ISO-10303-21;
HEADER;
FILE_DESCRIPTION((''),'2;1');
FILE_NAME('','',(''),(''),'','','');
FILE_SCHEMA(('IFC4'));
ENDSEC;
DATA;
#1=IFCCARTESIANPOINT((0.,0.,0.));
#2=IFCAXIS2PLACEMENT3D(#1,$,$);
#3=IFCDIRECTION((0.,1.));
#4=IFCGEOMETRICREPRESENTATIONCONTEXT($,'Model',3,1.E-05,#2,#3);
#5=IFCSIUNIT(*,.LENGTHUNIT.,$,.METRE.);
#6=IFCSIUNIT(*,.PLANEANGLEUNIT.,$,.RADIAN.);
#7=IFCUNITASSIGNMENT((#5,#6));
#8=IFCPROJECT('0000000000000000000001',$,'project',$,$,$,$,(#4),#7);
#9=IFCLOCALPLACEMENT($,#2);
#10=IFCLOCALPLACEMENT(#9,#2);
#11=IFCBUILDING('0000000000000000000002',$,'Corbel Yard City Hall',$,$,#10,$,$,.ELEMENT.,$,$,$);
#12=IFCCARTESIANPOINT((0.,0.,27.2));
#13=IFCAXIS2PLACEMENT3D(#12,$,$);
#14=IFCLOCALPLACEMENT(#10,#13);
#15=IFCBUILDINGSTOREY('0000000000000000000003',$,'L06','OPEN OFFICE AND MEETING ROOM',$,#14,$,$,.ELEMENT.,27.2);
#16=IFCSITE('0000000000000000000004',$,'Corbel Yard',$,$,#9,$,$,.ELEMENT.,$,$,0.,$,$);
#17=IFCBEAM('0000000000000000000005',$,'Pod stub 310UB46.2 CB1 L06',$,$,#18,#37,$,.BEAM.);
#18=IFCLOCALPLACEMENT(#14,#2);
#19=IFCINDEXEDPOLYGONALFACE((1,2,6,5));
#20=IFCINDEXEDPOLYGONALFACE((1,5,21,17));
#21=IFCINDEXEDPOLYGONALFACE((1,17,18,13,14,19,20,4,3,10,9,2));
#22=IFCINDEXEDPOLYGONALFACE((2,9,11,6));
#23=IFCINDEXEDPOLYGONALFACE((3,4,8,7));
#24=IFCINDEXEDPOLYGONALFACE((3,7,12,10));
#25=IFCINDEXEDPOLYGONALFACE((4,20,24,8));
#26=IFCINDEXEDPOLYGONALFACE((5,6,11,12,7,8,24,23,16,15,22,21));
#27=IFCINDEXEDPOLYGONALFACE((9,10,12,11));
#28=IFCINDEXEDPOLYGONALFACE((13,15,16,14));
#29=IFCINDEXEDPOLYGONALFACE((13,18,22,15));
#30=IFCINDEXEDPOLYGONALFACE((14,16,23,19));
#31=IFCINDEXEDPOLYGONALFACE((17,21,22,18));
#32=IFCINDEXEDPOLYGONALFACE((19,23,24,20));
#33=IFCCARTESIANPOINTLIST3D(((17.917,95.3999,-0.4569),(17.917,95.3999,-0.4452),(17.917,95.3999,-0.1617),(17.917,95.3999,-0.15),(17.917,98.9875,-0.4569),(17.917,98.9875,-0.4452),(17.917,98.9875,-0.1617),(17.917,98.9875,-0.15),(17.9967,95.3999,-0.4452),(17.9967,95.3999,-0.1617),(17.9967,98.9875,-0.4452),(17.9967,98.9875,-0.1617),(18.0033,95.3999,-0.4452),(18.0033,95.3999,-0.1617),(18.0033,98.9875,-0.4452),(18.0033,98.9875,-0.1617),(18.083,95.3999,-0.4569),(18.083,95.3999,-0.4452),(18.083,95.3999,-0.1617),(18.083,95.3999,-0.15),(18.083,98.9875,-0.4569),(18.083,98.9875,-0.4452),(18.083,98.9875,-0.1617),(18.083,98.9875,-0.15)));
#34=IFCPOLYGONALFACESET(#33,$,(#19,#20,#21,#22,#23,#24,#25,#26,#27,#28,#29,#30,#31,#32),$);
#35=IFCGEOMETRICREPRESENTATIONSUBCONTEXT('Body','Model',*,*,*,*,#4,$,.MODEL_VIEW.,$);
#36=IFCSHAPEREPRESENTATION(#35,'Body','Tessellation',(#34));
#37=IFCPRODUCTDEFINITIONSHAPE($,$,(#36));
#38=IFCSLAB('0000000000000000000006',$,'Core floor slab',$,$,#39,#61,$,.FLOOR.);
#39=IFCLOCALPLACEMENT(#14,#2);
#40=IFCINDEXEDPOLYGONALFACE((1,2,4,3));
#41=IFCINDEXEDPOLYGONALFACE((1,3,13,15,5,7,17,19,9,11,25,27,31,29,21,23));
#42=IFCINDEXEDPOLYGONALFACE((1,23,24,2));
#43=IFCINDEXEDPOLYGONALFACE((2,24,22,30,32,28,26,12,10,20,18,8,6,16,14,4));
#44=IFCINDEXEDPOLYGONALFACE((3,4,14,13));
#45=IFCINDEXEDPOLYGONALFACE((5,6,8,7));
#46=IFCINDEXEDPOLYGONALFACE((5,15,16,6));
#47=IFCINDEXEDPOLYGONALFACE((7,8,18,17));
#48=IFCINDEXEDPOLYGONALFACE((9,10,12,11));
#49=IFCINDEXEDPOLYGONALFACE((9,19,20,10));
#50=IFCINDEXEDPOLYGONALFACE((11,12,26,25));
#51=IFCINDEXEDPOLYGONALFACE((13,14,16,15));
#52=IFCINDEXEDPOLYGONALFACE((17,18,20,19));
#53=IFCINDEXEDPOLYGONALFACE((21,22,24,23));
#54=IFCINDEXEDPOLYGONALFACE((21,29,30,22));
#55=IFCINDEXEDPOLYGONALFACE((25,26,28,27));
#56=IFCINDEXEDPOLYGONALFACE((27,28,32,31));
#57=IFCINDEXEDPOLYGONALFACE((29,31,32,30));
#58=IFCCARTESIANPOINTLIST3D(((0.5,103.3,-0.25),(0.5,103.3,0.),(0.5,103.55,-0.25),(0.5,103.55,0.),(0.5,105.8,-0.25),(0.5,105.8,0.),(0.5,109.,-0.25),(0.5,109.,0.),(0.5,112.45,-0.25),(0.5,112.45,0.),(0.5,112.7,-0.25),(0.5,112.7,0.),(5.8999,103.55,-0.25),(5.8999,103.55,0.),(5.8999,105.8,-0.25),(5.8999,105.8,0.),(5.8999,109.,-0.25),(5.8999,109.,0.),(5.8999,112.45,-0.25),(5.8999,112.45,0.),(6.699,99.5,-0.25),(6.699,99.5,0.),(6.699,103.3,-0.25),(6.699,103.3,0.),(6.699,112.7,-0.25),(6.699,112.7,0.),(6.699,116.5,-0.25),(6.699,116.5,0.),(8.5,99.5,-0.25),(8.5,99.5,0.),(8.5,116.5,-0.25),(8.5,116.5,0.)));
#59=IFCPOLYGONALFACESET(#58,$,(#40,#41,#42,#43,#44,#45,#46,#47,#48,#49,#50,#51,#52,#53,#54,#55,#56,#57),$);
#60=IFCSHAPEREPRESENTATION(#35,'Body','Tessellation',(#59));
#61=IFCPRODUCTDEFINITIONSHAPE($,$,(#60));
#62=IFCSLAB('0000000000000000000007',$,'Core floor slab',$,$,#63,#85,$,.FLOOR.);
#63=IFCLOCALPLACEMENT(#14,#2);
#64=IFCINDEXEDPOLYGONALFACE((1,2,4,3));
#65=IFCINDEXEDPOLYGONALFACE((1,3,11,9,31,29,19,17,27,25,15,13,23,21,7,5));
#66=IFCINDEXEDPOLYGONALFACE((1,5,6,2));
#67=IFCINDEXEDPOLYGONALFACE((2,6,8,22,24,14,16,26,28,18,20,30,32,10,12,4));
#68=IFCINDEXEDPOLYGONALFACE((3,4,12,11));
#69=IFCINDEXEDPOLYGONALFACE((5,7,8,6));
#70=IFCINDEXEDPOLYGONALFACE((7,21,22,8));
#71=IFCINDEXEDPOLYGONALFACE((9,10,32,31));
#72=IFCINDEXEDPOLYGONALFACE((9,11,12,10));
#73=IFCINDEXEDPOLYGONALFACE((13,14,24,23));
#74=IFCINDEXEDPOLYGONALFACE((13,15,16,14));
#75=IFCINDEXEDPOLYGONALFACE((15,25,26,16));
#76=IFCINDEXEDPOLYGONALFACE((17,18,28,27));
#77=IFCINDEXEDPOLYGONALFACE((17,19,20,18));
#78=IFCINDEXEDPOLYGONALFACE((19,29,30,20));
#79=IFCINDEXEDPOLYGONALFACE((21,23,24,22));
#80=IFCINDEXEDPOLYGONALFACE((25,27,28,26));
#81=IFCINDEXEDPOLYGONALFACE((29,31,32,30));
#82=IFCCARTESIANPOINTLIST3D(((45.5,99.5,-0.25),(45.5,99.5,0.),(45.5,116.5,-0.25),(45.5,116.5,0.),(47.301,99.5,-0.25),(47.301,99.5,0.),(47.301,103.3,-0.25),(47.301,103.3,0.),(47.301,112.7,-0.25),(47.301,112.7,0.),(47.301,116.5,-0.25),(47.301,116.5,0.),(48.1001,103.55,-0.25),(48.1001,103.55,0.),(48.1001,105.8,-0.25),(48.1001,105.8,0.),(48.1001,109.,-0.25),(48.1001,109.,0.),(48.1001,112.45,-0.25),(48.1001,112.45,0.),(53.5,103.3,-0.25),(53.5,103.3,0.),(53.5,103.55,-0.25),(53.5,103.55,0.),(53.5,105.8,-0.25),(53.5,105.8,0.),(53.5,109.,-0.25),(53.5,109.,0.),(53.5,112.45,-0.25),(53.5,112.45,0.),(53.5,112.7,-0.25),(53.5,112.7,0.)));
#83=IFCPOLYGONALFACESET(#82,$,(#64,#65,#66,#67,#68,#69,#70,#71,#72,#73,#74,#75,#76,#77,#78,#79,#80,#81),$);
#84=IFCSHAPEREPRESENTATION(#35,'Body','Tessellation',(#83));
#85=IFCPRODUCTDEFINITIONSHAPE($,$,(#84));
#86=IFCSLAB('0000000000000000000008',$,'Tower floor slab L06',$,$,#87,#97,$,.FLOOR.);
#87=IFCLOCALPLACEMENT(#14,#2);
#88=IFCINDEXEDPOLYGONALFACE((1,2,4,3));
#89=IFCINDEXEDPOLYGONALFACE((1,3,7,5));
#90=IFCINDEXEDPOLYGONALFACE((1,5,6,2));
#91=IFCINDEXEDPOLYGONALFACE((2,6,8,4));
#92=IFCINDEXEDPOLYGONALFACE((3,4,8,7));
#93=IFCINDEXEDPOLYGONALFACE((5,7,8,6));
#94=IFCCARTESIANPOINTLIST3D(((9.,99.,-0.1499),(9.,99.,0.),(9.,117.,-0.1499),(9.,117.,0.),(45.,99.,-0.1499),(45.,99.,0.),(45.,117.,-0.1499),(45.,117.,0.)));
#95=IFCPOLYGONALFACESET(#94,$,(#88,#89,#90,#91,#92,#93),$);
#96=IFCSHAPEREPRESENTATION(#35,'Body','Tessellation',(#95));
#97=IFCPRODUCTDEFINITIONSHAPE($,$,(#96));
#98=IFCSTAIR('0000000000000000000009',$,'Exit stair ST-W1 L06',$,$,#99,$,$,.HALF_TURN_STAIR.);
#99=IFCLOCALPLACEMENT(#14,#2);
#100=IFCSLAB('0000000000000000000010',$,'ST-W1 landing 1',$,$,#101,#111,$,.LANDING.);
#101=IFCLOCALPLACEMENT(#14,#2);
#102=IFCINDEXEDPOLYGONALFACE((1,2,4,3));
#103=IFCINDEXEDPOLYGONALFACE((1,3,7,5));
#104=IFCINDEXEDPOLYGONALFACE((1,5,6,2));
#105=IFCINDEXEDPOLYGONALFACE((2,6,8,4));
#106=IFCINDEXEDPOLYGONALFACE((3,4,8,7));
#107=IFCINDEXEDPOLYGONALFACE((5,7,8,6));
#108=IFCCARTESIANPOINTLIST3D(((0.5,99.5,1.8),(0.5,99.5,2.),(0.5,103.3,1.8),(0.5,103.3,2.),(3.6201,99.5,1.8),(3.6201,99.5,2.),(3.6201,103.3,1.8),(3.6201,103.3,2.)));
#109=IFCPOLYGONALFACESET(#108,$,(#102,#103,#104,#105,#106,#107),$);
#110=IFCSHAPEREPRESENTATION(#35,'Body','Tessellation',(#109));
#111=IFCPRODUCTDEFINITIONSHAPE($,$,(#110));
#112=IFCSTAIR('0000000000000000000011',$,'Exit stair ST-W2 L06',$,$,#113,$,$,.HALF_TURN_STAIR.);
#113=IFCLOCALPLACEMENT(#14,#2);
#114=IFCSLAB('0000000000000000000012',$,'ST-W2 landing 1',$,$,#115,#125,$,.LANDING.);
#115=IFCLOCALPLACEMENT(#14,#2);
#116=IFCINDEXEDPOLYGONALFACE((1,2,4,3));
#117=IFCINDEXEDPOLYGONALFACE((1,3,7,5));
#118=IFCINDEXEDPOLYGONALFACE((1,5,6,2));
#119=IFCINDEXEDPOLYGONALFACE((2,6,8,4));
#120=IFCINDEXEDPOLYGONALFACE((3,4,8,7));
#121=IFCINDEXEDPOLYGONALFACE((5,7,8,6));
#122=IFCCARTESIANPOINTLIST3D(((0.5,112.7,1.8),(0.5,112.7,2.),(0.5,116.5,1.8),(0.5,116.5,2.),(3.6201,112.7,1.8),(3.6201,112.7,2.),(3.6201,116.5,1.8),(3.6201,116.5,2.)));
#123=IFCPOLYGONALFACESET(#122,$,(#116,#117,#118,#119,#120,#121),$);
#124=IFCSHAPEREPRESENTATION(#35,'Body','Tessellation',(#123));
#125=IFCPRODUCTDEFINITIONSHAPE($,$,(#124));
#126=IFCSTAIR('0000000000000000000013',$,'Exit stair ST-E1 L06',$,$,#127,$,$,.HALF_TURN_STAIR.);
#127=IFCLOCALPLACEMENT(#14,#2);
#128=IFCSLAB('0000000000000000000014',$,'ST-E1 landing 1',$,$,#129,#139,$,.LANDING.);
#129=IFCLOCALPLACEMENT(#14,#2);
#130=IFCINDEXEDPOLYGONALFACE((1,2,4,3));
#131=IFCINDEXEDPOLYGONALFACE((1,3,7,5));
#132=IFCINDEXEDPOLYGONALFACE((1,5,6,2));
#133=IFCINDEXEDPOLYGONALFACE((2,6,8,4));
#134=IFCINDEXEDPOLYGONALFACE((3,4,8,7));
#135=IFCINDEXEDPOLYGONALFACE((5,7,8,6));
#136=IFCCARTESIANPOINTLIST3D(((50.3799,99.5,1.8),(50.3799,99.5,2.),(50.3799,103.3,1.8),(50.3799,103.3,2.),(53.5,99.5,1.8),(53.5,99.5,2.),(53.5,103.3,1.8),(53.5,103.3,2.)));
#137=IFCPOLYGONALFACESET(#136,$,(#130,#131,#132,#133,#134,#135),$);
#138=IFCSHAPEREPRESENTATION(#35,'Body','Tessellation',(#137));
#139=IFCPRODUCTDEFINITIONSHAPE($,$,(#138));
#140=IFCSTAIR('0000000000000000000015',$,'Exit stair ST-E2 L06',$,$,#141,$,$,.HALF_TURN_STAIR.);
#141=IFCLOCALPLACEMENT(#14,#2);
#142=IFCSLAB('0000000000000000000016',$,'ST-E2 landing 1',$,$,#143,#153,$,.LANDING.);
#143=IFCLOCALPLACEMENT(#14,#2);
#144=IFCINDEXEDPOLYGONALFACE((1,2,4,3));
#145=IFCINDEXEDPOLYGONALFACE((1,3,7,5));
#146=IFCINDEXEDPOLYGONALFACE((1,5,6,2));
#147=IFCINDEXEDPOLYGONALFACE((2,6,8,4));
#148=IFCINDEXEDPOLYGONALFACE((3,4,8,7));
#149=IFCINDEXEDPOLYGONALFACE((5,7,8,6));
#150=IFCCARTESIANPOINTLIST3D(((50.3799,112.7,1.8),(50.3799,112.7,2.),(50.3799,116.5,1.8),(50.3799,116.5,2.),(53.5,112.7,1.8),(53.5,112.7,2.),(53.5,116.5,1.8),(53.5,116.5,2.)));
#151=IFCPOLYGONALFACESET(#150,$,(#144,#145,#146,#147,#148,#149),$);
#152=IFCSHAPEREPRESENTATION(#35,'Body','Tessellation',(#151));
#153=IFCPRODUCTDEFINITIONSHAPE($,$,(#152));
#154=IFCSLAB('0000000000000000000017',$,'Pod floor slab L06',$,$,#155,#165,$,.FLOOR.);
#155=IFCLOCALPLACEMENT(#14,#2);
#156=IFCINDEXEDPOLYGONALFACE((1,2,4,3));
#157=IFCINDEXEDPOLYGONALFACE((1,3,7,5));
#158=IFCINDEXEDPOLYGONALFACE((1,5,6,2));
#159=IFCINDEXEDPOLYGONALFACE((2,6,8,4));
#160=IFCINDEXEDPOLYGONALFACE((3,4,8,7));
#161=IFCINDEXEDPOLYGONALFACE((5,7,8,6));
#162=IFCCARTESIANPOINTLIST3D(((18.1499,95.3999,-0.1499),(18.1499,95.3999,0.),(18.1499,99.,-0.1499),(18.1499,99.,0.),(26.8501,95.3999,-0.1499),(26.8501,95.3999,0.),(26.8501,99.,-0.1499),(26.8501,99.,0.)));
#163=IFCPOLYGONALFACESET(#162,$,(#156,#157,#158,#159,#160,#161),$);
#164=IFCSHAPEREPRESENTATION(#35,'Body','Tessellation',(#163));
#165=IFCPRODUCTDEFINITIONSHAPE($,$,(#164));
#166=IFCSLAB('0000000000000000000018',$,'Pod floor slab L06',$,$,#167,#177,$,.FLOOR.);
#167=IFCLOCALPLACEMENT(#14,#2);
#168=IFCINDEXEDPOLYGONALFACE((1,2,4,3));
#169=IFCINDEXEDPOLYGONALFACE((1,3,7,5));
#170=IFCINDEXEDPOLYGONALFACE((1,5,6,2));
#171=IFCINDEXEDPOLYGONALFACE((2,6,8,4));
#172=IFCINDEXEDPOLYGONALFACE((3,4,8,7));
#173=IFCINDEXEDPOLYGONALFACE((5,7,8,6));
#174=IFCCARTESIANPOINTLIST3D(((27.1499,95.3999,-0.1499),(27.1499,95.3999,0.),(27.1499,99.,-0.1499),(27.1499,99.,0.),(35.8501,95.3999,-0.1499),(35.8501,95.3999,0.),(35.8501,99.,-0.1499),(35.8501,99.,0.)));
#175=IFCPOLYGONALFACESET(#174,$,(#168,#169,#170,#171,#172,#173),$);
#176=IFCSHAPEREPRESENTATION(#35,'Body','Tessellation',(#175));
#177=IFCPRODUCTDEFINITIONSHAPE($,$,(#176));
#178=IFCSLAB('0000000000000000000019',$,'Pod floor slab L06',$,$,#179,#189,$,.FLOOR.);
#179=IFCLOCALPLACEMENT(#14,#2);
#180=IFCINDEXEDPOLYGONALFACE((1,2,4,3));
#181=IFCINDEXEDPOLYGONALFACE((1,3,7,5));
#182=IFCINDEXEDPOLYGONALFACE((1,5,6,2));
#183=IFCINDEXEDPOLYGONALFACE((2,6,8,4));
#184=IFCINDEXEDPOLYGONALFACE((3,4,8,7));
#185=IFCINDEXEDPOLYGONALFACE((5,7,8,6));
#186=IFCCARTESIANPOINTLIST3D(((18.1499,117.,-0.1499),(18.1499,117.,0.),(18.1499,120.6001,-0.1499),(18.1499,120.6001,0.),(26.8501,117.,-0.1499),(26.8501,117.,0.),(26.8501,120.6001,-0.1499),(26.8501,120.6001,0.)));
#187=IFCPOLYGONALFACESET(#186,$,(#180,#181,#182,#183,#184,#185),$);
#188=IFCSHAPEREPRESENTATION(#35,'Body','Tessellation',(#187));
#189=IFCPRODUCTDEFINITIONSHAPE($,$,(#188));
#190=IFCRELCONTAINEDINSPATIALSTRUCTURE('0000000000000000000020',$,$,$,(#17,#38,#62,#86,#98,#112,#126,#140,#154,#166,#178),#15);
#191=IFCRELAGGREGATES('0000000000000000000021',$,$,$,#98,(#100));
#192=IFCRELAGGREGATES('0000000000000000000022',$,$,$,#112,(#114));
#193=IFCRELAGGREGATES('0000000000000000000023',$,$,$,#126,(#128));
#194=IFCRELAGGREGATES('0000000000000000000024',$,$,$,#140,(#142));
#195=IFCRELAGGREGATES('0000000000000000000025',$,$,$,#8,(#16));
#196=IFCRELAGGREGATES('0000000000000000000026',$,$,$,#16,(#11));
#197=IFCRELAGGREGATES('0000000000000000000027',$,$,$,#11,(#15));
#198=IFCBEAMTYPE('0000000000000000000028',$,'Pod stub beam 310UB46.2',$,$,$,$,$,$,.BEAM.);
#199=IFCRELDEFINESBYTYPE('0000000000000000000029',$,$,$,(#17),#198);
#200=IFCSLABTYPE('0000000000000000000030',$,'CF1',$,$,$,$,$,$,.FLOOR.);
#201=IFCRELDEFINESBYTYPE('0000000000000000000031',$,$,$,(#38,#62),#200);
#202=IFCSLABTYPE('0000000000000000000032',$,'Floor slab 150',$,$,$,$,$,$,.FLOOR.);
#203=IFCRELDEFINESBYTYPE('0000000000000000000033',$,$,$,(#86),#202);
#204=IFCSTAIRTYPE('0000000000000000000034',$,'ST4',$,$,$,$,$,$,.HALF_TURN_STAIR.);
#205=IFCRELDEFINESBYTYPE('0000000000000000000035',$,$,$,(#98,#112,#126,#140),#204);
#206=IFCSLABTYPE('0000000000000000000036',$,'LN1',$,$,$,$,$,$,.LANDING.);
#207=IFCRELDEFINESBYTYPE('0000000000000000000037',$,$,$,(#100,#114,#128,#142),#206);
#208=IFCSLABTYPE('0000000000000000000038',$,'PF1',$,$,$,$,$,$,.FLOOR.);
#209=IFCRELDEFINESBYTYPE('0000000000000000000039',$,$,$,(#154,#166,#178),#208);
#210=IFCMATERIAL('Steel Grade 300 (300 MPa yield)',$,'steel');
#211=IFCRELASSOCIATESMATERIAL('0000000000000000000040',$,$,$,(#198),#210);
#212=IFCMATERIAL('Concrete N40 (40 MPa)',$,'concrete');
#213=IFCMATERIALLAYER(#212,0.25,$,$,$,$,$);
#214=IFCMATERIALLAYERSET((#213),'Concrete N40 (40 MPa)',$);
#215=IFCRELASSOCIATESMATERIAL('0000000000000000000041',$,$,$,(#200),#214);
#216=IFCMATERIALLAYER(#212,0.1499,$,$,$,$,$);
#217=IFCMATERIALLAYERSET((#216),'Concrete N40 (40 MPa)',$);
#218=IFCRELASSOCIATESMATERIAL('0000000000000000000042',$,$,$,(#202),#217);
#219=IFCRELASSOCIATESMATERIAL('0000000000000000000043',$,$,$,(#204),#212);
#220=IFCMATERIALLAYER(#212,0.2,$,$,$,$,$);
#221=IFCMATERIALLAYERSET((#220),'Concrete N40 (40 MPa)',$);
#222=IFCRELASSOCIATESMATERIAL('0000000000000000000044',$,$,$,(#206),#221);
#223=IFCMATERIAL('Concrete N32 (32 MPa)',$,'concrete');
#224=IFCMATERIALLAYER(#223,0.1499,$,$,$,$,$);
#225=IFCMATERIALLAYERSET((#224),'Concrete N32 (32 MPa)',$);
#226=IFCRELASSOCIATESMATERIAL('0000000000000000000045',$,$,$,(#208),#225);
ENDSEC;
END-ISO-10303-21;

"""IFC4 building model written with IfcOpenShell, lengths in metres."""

from ifc_helpers import new_model, si_unit, direction, frame, origin, origin_2d, place, context, subcontext, project, spatial, polyline, i_section, outline, extrude, material, layer, layer_set, material_profile, profile_set, type_object, element, aggregate, save


model = new_model("IFC4")

# Units and contexts
model_context = context("Model", 3, precision=1e-05, world=origin(), true_north=direction((0.0, 1.0)))
body_context = subcontext(model_context, "Body", "Model", "MODEL_VIEW")
ifc_project = project(units=[si_unit("LENGTHUNIT", "METRE"), si_unit("PLANEANGLEUNIT", "RADIAN")], contexts=[model_context])

# Site, building, storey
site_placement = place(None, origin())
site = spatial("IfcSite", under=ifc_project, at=site_placement, Name="Corbel Yard", CompositionType="ELEMENT", RefElevation=0.0)
building_placement = place(site_placement, origin())
building = spatial("IfcBuilding", under=site, at=building_placement, Name="Corbel Yard City Hall", CompositionType="ELEMENT")
storey_placement = place(building_placement, frame((0.0, 0.0, 27.2)))
storey = spatial("IfcBuildingStorey", under=building, at=storey_placement, Name="L06", Description="OPEN OFFICE AND MEETING ROOM", CompositionType="ELEMENT", Elevation=27.2)

# Beam
ifc_material_1 = material(Name="Steel Grade 300 (300 MPa yield)", Category="steel")
ifc_material_profile = material_profile(ifc_material_1, i_section(OverallWidth=0.166, OverallDepth=0.3069, WebThickness=0.0066, FlangeThickness=0.0117, at=origin_2d()), Name="310UB46.2")
ifc_profile_set = profile_set([ifc_material_profile], Name="Steel Grade 300 (300 MPa yield)")
beam_type = type_object("IfcBeamType", Name="Pod stub beam 310UB46.2", PredefinedType="BEAM", material=ifc_profile_set)
beam_placement = place(storey_placement, frame((18.0, 95.3999, -0.3035), z_axis=(0.0, 1.0, 0.0), x_axis=(-1.0, 0.0, 0.0)))
element("IfcBeam", 1, at=beam_placement, inside=storey, type_object=beam_type, Name="Pod stub 310UB46.2 CB1 L06", PredefinedType="BEAM", context=body_context, shape_type="SweptSolid", body=[
    extrude(i_section(OverallWidth=0.166, OverallDepth=0.3069, WebThickness=0.0066, FlangeThickness=0.0117, at=origin_2d()), origin(), (0.0, 0.0, 1.0), 3.5876),
])

# Slabs
ifc_material_2 = material(Name="Concrete N40 (40 MPa)", Category="concrete")
ifc_layer_1 = layer(ifc_material_2, 0.25)
ifc_layer_set_1 = layer_set([ifc_layer_1], Name="Concrete N40 (40 MPa)")
slab_type_1 = type_object("IfcSlabType", Name="CF1", PredefinedType="FLOOR", material=ifc_layer_set_1)
slab_1_placement = place(storey_placement, frame((0.0, 0.0, -0.25)))
element("IfcSlab", 2, at=slab_1_placement, inside=storey, type_object=slab_type_1, Name="Core floor slab", PredefinedType="FLOOR", context=body_context, shape_type="SweptSolid", body=[
    extrude(outline(polyline([(8.5, 116.5), (6.699, 116.5), (6.699, 112.7), (0.5, 112.7), (0.5, 112.45), (5.8999, 112.45), (5.8999, 109.0), (0.5, 109.0), (0.5, 105.8), (5.8999, 105.8), (5.8999, 103.55), (0.5, 103.55), (0.5, 103.3), (6.699, 103.3), (6.699, 99.5), (8.5, 99.5), (8.5, 116.5)])), origin(), (0.0, 0.0, 1.0), 0.25),
])
slab_2_placement = place(storey_placement, frame((0.0, 0.0, -0.25)))
element("IfcSlab", 3, at=slab_2_placement, inside=storey, type_object=slab_type_1, Name="Core floor slab", PredefinedType="FLOOR", context=body_context, shape_type="SweptSolid", body=[
    extrude(outline(polyline([(53.5, 103.3), (53.5, 103.55), (48.1001, 103.55), (48.1001, 105.8), (53.5, 105.8), (53.5, 109.0), (48.1001, 109.0), (48.1001, 112.45), (53.5, 112.45), (53.5, 112.7), (47.301, 112.7), (47.301, 116.5), (45.5, 116.5), (45.5, 99.5), (47.301, 99.5), (47.301, 103.3), (53.5, 103.3)])), origin(), (0.0, 0.0, 1.0), 0.25),
])
ifc_layer_2 = layer(ifc_material_2, 0.1499)
ifc_layer_set_2 = layer_set([ifc_layer_2], Name="Concrete N40 (40 MPa)")
slab_type_2 = type_object("IfcSlabType", Name="Floor slab 150", PredefinedType="FLOOR", material=ifc_layer_set_2)
slab_3_placement = place(storey_placement, frame((0.0, 0.0, -0.1499)))
element("IfcSlab", 4, at=slab_3_placement, inside=storey, type_object=slab_type_2, Name="Tower floor slab L06", PredefinedType="FLOOR", context=body_context, shape_type="SweptSolid", body=[
    extrude(outline(polyline([(45.0, 99.0), (45.0, 117.0), (9.0, 117.0), (9.0, 99.0), (45.0, 99.0)])), origin(), (0.0, 0.0, 1.0), 0.1499),
])

# Stairs, slabs
stair_type = type_object("IfcStairType", Name="ST4", PredefinedType="HALF_TURN_STAIR", material=ifc_material_2)
stair_1_placement = place(storey_placement, origin())
stair_1 = element("IfcStair", 5, at=stair_1_placement, inside=storey, type_object=stair_type, Name="Exit stair ST-W1 L06", PredefinedType="HALF_TURN_STAIR")
ifc_layer_3 = layer(ifc_material_2, 0.2)
ifc_layer_set_3 = layer_set([ifc_layer_3], Name="Concrete N40 (40 MPa)")
slab_type_3 = type_object("IfcSlabType", Name="LN1", PredefinedType="LANDING", material=ifc_layer_set_3)
slab_4_placement = place(storey_placement, frame((0.0, 0.0, 1.8)))
slab_4 = element("IfcSlab", 6, at=slab_4_placement, type_object=slab_type_3, Name="ST-W1 landing 1", PredefinedType="LANDING", context=body_context, shape_type="SweptSolid", body=[
    extrude(outline(polyline([(0.5, 99.5), (3.6201, 99.5), (3.6201, 103.3), (0.5, 103.3), (0.5, 99.5)])), origin(), (0.0, 0.0, 1.0), 0.2),
])
aggregate(stair_1, [slab_4])
stair_2_placement = place(storey_placement, origin())
stair_2 = element("IfcStair", 7, at=stair_2_placement, inside=storey, type_object=stair_type, Name="Exit stair ST-W2 L06", PredefinedType="HALF_TURN_STAIR")
slab_5_placement = place(storey_placement, frame((0.0, 0.0, 1.8)))
slab_5 = element("IfcSlab", 8, at=slab_5_placement, type_object=slab_type_3, Name="ST-W2 landing 1", PredefinedType="LANDING", context=body_context, shape_type="SweptSolid", body=[
    extrude(outline(polyline([(0.5, 112.7), (3.6201, 112.7), (3.6201, 116.5), (0.5, 116.5), (0.5, 112.7)])), origin(), (0.0, 0.0, 1.0), 0.2),
])
aggregate(stair_2, [slab_5])
stair_3_placement = place(storey_placement, origin())
stair_3 = element("IfcStair", 9, at=stair_3_placement, inside=storey, type_object=stair_type, Name="Exit stair ST-E1 L06", PredefinedType="HALF_TURN_STAIR")
slab_6_placement = place(storey_placement, frame((0.0, 0.0, 1.8)))
slab_6 = element("IfcSlab", 10, at=slab_6_placement, type_object=slab_type_3, Name="ST-E1 landing 1", PredefinedType="LANDING", context=body_context, shape_type="SweptSolid", body=[
    extrude(outline(polyline([(50.3799, 99.5), (53.5, 99.5), (53.5, 103.3), (50.3799, 103.3), (50.3799, 99.5)])), origin(), (0.0, 0.0, 1.0), 0.2),
])
aggregate(stair_3, [slab_6])
stair_4_placement = place(storey_placement, origin())
stair_4 = element("IfcStair", 11, at=stair_4_placement, inside=storey, type_object=stair_type, Name="Exit stair ST-E2 L06", PredefinedType="HALF_TURN_STAIR")
slab_7_placement = place(storey_placement, frame((0.0, 0.0, 1.8)))
slab_7 = element("IfcSlab", 12, at=slab_7_placement, type_object=slab_type_3, Name="ST-E2 landing 1", PredefinedType="LANDING", context=body_context, shape_type="SweptSolid", body=[
    extrude(outline(polyline([(50.3799, 112.7), (53.5, 112.7), (53.5, 116.5), (50.3799, 116.5), (50.3799, 112.7)])), origin(), (0.0, 0.0, 1.0), 0.2),
])
aggregate(stair_4, [slab_7])

# Slabs
ifc_material_3 = material(Name="Concrete N32 (32 MPa)", Category="concrete")
ifc_layer_4 = layer(ifc_material_3, 0.1499)
ifc_layer_set_4 = layer_set([ifc_layer_4], Name="Concrete N32 (32 MPa)")
slab_type_4 = type_object("IfcSlabType", Name="PF1", PredefinedType="FLOOR", material=ifc_layer_set_4)
slab_8_placement = place(storey_placement, frame((0.0, 0.0, -0.1499)))
element("IfcSlab", 13, at=slab_8_placement, inside=storey, type_object=slab_type_4, Name="Pod floor slab L06", PredefinedType="FLOOR", context=body_context, shape_type="SweptSolid", body=[
    extrude(outline(polyline([(18.1499, 95.3999), (26.8501, 95.3999), (26.8501, 99.0), (18.1499, 99.0), (18.1499, 95.3999)])), origin(), (0.0, 0.0, 1.0), 0.1499),
])
slab_9_placement = place(storey_placement, frame((0.0, 0.0, -0.1499)))
element("IfcSlab", 14, at=slab_9_placement, inside=storey, type_object=slab_type_4, Name="Pod floor slab L06", PredefinedType="FLOOR", context=body_context, shape_type="SweptSolid", body=[
    extrude(outline(polyline([(27.1499, 95.3999), (35.8501, 95.3999), (35.8501, 99.0), (27.1499, 99.0), (27.1499, 95.3999)])), origin(), (0.0, 0.0, 1.0), 0.1499),
])
slab_10_placement = place(storey_placement, frame((0.0, 0.0, -0.1499)))
element("IfcSlab", 15, at=slab_10_placement, inside=storey, type_object=slab_type_4, Name="Pod floor slab L06", PredefinedType="FLOOR", context=body_context, shape_type="SweptSolid", body=[
    extrude(outline(polyline([(18.1499, 117.0), (26.8501, 117.0), (26.8501, 120.6001), (18.1499, 120.6001), (18.1499, 117.0)])), origin(), (0.0, 0.0, 1.0), 0.1499),
])

save(model, "model.ifc")
